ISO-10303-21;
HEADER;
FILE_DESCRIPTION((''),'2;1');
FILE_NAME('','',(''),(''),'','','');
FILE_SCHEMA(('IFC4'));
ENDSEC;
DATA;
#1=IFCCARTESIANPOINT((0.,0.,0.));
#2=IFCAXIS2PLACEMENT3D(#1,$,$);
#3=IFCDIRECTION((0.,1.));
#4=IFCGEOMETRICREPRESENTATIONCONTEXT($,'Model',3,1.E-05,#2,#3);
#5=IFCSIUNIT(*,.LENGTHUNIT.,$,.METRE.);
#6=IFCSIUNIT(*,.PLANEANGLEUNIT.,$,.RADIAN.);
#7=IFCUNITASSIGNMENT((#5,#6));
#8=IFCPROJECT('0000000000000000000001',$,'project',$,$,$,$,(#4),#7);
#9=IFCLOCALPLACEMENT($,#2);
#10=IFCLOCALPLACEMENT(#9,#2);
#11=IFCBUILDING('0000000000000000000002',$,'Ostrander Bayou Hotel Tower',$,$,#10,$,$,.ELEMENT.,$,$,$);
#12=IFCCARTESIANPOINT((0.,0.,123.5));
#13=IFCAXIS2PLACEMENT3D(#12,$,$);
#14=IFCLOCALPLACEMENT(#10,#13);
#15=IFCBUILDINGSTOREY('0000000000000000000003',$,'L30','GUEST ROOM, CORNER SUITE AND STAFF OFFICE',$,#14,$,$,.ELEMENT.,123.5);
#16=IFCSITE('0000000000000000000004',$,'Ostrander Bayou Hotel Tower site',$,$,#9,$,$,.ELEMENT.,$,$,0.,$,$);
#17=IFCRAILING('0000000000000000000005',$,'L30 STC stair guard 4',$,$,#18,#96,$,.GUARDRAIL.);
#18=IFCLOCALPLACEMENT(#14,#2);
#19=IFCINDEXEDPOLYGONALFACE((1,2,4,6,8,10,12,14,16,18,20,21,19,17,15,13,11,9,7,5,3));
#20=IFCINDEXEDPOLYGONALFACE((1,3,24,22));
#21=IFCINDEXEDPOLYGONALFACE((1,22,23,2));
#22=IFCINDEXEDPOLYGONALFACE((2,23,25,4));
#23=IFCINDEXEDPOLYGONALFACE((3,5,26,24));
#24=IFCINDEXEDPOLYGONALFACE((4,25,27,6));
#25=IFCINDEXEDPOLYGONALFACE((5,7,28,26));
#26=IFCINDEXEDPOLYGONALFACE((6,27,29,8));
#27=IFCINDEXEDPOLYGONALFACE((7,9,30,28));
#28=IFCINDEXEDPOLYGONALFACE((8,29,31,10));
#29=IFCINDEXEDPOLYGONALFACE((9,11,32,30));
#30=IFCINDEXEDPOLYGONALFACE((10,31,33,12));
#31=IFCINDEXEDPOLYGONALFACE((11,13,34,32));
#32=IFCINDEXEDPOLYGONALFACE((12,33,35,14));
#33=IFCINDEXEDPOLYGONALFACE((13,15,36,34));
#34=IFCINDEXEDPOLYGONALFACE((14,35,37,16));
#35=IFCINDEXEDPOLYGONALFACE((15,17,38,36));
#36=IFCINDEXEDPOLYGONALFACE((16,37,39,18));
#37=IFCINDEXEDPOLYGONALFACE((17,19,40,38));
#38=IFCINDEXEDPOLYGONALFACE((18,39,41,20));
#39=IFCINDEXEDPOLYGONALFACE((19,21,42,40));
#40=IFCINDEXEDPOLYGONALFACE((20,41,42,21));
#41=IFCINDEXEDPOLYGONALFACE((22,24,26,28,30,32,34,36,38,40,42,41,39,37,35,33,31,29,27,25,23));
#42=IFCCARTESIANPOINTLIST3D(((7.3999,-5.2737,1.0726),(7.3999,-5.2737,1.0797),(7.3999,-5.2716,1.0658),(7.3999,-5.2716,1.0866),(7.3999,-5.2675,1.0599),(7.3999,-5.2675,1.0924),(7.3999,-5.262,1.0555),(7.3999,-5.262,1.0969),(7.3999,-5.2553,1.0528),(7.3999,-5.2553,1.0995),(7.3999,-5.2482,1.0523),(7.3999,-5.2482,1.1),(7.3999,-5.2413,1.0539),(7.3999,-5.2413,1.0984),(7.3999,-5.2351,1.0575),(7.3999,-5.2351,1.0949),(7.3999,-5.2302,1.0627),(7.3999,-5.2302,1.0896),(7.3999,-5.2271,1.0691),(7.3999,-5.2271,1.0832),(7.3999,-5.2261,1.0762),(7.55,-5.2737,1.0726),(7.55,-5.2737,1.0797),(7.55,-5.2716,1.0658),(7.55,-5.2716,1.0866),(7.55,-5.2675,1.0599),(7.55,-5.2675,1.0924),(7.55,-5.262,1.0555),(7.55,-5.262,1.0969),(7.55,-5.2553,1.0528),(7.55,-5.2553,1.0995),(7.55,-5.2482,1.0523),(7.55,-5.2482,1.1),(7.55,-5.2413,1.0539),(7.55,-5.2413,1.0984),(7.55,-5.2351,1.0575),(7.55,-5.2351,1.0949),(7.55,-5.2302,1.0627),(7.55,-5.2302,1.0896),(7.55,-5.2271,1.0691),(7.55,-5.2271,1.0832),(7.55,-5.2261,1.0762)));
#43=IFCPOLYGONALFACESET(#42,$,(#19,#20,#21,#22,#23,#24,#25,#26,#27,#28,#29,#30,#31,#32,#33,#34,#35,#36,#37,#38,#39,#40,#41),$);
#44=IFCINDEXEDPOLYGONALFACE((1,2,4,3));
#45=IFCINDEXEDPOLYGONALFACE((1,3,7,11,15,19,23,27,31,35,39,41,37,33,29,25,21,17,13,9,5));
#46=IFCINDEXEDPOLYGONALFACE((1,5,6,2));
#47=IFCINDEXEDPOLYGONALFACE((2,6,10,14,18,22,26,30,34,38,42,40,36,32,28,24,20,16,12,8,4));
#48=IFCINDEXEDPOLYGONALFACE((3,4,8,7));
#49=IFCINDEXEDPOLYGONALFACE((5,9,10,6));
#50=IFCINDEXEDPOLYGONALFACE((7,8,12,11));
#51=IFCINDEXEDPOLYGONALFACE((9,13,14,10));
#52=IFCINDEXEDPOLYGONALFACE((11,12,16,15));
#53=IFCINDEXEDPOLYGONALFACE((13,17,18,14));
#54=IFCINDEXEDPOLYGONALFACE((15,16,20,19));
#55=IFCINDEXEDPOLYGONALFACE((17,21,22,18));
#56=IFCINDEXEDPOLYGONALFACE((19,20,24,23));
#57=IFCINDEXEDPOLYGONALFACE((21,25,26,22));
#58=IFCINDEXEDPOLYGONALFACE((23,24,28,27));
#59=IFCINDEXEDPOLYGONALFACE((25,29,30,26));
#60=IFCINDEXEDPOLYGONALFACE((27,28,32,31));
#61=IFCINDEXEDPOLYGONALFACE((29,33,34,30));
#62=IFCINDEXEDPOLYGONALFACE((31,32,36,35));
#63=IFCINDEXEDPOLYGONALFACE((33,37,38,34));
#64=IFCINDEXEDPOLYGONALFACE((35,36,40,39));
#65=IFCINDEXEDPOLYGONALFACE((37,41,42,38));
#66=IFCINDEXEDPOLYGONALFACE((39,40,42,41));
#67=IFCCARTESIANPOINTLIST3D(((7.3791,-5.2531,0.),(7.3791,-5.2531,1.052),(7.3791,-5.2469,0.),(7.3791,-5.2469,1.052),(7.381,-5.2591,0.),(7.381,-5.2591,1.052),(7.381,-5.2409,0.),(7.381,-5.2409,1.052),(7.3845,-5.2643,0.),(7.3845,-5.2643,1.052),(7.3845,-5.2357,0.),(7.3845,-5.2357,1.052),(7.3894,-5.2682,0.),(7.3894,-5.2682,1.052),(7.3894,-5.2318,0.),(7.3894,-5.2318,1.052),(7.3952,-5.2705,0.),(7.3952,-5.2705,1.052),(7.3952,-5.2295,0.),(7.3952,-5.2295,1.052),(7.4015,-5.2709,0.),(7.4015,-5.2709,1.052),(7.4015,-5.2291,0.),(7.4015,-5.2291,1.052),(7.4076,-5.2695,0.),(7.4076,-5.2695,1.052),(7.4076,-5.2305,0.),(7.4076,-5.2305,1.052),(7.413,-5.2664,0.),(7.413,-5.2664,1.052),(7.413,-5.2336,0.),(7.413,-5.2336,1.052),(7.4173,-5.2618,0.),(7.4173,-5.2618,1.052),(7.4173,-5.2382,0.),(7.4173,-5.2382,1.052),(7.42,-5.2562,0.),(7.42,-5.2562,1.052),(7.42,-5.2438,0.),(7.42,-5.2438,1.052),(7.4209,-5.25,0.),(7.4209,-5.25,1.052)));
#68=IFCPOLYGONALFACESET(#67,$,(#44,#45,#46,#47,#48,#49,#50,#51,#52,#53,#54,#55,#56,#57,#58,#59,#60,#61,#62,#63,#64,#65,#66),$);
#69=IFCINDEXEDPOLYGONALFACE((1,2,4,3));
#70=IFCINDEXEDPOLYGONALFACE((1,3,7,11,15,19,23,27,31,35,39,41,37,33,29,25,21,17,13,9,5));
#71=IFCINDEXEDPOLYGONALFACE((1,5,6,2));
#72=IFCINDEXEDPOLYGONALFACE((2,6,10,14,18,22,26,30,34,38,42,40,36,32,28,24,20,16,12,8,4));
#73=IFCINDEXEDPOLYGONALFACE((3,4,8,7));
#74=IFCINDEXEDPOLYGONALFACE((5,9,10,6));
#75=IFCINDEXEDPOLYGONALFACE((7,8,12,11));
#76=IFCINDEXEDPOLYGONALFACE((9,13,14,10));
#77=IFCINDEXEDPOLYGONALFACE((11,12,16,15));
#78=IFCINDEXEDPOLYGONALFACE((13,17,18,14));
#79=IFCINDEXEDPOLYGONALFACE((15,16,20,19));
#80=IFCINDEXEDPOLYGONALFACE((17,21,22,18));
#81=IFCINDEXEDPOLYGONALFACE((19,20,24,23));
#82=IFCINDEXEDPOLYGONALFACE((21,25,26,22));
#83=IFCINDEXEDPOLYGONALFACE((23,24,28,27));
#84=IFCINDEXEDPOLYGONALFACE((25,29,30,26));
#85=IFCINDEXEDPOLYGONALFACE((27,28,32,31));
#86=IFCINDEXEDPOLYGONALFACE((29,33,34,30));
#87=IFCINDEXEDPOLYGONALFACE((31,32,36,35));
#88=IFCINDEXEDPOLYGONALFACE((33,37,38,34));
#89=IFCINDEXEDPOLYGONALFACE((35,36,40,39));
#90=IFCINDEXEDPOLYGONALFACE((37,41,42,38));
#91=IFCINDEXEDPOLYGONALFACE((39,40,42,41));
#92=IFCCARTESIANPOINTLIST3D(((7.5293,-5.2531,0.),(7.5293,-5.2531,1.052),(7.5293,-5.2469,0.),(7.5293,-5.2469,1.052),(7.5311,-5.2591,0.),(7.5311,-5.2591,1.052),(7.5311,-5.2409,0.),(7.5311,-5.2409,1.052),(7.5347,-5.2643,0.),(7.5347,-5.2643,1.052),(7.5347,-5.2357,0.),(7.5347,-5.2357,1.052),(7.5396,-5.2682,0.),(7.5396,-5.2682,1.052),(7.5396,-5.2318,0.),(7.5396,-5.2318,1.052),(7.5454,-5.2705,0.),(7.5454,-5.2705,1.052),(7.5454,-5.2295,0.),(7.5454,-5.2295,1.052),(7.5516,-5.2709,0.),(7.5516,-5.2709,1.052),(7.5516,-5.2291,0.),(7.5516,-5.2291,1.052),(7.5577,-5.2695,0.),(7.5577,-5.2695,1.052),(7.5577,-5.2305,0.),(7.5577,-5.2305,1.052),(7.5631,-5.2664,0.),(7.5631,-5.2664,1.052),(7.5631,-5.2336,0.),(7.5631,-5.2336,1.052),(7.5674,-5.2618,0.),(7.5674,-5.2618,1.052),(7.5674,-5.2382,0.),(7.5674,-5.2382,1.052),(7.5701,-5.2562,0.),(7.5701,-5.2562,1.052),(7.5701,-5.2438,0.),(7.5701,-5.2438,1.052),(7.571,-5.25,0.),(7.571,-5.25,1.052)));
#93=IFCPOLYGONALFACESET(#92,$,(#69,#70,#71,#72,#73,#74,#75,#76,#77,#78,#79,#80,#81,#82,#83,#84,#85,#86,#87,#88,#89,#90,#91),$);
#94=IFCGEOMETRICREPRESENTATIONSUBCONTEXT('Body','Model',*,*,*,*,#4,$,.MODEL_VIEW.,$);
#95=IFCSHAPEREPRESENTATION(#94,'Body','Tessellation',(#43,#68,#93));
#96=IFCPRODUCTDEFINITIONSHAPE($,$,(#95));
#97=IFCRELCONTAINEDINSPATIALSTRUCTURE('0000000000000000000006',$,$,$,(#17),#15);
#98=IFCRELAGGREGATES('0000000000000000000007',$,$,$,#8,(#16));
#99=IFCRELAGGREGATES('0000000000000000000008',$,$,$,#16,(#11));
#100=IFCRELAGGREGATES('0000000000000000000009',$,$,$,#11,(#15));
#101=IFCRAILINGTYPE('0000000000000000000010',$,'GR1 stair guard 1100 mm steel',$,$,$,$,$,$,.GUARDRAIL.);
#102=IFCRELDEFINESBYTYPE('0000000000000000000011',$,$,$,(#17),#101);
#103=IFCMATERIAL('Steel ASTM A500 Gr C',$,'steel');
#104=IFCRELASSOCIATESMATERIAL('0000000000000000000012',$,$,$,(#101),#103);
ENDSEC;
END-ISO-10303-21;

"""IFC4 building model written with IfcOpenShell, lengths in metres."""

from ifc_helpers import new_model, si_unit, direction, frame, origin, origin_2d, place, context, subcontext, project, spatial, circle, extrude, material, type_object, element, save


model = new_model("IFC4")

# Units and contexts
model_context = context("Model", 3, precision=1e-05, world=origin(), true_north=direction((0.0, 1.0)))
body_context = subcontext(model_context, "Body", "Model", "MODEL_VIEW")
ifc_project = project(units=[si_unit("LENGTHUNIT", "METRE"), si_unit("PLANEANGLEUNIT", "RADIAN")], contexts=[model_context])

# Site, building, storey
site_placement = place(None, origin())
site = spatial("IfcSite", under=ifc_project, at=site_placement, Name="Ostrander Bayou Hotel Tower site", CompositionType="ELEMENT", RefElevation=0.0)
building_placement = place(site_placement, origin())
building = spatial("IfcBuilding", under=site, at=building_placement, Name="Ostrander Bayou Hotel Tower", CompositionType="ELEMENT")
storey_placement = place(building_placement, frame((0.0, 0.0, 123.5)))
storey = spatial("IfcBuildingStorey", under=building, at=storey_placement, Name="L30", Description="GUEST ROOM, CORNER SUITE AND STAFF OFFICE", CompositionType="ELEMENT", Elevation=123.5)

# Railing
ifc_material_1 = material(Name="Steel ASTM A500 Gr C", Category="steel")
railing_type_1 = type_object("IfcRailingType", Name="GR1 stair guard 1100 mm steel", PredefinedType="GUARDRAIL", material=ifc_material_1)
railing_1_placement = place(storey_placement, frame((7.3999, -5.25, 0.0)))
element("IfcRailing", 1, at=railing_1_placement, inside=storey, type_object=railing_type_1, Name="L30 STC stair guard 4", PredefinedType="GUARDRAIL", context=body_context, shape_type="SweptSolid", body=[
    extrude(circle(Radius=0.0239, at=origin_2d()), frame((0.0, 0.0, 1.0762), z_axis=(1.0, 0.0, 0.0), x_axis=(0.0, 1.0, 0.0)), (0.0, 0.0, 1.0), 0.1501),
    extrude(circle(Radius=0.021, at=origin_2d()), origin(), (0.0, 0.0, 1.0), 1.052),
    extrude(circle(Radius=0.021, at=origin_2d()), frame((0.1501, 0.0, 0.0)), (0.0, 0.0, 1.0), 1.052),
])

save(model, "model.ifc")
